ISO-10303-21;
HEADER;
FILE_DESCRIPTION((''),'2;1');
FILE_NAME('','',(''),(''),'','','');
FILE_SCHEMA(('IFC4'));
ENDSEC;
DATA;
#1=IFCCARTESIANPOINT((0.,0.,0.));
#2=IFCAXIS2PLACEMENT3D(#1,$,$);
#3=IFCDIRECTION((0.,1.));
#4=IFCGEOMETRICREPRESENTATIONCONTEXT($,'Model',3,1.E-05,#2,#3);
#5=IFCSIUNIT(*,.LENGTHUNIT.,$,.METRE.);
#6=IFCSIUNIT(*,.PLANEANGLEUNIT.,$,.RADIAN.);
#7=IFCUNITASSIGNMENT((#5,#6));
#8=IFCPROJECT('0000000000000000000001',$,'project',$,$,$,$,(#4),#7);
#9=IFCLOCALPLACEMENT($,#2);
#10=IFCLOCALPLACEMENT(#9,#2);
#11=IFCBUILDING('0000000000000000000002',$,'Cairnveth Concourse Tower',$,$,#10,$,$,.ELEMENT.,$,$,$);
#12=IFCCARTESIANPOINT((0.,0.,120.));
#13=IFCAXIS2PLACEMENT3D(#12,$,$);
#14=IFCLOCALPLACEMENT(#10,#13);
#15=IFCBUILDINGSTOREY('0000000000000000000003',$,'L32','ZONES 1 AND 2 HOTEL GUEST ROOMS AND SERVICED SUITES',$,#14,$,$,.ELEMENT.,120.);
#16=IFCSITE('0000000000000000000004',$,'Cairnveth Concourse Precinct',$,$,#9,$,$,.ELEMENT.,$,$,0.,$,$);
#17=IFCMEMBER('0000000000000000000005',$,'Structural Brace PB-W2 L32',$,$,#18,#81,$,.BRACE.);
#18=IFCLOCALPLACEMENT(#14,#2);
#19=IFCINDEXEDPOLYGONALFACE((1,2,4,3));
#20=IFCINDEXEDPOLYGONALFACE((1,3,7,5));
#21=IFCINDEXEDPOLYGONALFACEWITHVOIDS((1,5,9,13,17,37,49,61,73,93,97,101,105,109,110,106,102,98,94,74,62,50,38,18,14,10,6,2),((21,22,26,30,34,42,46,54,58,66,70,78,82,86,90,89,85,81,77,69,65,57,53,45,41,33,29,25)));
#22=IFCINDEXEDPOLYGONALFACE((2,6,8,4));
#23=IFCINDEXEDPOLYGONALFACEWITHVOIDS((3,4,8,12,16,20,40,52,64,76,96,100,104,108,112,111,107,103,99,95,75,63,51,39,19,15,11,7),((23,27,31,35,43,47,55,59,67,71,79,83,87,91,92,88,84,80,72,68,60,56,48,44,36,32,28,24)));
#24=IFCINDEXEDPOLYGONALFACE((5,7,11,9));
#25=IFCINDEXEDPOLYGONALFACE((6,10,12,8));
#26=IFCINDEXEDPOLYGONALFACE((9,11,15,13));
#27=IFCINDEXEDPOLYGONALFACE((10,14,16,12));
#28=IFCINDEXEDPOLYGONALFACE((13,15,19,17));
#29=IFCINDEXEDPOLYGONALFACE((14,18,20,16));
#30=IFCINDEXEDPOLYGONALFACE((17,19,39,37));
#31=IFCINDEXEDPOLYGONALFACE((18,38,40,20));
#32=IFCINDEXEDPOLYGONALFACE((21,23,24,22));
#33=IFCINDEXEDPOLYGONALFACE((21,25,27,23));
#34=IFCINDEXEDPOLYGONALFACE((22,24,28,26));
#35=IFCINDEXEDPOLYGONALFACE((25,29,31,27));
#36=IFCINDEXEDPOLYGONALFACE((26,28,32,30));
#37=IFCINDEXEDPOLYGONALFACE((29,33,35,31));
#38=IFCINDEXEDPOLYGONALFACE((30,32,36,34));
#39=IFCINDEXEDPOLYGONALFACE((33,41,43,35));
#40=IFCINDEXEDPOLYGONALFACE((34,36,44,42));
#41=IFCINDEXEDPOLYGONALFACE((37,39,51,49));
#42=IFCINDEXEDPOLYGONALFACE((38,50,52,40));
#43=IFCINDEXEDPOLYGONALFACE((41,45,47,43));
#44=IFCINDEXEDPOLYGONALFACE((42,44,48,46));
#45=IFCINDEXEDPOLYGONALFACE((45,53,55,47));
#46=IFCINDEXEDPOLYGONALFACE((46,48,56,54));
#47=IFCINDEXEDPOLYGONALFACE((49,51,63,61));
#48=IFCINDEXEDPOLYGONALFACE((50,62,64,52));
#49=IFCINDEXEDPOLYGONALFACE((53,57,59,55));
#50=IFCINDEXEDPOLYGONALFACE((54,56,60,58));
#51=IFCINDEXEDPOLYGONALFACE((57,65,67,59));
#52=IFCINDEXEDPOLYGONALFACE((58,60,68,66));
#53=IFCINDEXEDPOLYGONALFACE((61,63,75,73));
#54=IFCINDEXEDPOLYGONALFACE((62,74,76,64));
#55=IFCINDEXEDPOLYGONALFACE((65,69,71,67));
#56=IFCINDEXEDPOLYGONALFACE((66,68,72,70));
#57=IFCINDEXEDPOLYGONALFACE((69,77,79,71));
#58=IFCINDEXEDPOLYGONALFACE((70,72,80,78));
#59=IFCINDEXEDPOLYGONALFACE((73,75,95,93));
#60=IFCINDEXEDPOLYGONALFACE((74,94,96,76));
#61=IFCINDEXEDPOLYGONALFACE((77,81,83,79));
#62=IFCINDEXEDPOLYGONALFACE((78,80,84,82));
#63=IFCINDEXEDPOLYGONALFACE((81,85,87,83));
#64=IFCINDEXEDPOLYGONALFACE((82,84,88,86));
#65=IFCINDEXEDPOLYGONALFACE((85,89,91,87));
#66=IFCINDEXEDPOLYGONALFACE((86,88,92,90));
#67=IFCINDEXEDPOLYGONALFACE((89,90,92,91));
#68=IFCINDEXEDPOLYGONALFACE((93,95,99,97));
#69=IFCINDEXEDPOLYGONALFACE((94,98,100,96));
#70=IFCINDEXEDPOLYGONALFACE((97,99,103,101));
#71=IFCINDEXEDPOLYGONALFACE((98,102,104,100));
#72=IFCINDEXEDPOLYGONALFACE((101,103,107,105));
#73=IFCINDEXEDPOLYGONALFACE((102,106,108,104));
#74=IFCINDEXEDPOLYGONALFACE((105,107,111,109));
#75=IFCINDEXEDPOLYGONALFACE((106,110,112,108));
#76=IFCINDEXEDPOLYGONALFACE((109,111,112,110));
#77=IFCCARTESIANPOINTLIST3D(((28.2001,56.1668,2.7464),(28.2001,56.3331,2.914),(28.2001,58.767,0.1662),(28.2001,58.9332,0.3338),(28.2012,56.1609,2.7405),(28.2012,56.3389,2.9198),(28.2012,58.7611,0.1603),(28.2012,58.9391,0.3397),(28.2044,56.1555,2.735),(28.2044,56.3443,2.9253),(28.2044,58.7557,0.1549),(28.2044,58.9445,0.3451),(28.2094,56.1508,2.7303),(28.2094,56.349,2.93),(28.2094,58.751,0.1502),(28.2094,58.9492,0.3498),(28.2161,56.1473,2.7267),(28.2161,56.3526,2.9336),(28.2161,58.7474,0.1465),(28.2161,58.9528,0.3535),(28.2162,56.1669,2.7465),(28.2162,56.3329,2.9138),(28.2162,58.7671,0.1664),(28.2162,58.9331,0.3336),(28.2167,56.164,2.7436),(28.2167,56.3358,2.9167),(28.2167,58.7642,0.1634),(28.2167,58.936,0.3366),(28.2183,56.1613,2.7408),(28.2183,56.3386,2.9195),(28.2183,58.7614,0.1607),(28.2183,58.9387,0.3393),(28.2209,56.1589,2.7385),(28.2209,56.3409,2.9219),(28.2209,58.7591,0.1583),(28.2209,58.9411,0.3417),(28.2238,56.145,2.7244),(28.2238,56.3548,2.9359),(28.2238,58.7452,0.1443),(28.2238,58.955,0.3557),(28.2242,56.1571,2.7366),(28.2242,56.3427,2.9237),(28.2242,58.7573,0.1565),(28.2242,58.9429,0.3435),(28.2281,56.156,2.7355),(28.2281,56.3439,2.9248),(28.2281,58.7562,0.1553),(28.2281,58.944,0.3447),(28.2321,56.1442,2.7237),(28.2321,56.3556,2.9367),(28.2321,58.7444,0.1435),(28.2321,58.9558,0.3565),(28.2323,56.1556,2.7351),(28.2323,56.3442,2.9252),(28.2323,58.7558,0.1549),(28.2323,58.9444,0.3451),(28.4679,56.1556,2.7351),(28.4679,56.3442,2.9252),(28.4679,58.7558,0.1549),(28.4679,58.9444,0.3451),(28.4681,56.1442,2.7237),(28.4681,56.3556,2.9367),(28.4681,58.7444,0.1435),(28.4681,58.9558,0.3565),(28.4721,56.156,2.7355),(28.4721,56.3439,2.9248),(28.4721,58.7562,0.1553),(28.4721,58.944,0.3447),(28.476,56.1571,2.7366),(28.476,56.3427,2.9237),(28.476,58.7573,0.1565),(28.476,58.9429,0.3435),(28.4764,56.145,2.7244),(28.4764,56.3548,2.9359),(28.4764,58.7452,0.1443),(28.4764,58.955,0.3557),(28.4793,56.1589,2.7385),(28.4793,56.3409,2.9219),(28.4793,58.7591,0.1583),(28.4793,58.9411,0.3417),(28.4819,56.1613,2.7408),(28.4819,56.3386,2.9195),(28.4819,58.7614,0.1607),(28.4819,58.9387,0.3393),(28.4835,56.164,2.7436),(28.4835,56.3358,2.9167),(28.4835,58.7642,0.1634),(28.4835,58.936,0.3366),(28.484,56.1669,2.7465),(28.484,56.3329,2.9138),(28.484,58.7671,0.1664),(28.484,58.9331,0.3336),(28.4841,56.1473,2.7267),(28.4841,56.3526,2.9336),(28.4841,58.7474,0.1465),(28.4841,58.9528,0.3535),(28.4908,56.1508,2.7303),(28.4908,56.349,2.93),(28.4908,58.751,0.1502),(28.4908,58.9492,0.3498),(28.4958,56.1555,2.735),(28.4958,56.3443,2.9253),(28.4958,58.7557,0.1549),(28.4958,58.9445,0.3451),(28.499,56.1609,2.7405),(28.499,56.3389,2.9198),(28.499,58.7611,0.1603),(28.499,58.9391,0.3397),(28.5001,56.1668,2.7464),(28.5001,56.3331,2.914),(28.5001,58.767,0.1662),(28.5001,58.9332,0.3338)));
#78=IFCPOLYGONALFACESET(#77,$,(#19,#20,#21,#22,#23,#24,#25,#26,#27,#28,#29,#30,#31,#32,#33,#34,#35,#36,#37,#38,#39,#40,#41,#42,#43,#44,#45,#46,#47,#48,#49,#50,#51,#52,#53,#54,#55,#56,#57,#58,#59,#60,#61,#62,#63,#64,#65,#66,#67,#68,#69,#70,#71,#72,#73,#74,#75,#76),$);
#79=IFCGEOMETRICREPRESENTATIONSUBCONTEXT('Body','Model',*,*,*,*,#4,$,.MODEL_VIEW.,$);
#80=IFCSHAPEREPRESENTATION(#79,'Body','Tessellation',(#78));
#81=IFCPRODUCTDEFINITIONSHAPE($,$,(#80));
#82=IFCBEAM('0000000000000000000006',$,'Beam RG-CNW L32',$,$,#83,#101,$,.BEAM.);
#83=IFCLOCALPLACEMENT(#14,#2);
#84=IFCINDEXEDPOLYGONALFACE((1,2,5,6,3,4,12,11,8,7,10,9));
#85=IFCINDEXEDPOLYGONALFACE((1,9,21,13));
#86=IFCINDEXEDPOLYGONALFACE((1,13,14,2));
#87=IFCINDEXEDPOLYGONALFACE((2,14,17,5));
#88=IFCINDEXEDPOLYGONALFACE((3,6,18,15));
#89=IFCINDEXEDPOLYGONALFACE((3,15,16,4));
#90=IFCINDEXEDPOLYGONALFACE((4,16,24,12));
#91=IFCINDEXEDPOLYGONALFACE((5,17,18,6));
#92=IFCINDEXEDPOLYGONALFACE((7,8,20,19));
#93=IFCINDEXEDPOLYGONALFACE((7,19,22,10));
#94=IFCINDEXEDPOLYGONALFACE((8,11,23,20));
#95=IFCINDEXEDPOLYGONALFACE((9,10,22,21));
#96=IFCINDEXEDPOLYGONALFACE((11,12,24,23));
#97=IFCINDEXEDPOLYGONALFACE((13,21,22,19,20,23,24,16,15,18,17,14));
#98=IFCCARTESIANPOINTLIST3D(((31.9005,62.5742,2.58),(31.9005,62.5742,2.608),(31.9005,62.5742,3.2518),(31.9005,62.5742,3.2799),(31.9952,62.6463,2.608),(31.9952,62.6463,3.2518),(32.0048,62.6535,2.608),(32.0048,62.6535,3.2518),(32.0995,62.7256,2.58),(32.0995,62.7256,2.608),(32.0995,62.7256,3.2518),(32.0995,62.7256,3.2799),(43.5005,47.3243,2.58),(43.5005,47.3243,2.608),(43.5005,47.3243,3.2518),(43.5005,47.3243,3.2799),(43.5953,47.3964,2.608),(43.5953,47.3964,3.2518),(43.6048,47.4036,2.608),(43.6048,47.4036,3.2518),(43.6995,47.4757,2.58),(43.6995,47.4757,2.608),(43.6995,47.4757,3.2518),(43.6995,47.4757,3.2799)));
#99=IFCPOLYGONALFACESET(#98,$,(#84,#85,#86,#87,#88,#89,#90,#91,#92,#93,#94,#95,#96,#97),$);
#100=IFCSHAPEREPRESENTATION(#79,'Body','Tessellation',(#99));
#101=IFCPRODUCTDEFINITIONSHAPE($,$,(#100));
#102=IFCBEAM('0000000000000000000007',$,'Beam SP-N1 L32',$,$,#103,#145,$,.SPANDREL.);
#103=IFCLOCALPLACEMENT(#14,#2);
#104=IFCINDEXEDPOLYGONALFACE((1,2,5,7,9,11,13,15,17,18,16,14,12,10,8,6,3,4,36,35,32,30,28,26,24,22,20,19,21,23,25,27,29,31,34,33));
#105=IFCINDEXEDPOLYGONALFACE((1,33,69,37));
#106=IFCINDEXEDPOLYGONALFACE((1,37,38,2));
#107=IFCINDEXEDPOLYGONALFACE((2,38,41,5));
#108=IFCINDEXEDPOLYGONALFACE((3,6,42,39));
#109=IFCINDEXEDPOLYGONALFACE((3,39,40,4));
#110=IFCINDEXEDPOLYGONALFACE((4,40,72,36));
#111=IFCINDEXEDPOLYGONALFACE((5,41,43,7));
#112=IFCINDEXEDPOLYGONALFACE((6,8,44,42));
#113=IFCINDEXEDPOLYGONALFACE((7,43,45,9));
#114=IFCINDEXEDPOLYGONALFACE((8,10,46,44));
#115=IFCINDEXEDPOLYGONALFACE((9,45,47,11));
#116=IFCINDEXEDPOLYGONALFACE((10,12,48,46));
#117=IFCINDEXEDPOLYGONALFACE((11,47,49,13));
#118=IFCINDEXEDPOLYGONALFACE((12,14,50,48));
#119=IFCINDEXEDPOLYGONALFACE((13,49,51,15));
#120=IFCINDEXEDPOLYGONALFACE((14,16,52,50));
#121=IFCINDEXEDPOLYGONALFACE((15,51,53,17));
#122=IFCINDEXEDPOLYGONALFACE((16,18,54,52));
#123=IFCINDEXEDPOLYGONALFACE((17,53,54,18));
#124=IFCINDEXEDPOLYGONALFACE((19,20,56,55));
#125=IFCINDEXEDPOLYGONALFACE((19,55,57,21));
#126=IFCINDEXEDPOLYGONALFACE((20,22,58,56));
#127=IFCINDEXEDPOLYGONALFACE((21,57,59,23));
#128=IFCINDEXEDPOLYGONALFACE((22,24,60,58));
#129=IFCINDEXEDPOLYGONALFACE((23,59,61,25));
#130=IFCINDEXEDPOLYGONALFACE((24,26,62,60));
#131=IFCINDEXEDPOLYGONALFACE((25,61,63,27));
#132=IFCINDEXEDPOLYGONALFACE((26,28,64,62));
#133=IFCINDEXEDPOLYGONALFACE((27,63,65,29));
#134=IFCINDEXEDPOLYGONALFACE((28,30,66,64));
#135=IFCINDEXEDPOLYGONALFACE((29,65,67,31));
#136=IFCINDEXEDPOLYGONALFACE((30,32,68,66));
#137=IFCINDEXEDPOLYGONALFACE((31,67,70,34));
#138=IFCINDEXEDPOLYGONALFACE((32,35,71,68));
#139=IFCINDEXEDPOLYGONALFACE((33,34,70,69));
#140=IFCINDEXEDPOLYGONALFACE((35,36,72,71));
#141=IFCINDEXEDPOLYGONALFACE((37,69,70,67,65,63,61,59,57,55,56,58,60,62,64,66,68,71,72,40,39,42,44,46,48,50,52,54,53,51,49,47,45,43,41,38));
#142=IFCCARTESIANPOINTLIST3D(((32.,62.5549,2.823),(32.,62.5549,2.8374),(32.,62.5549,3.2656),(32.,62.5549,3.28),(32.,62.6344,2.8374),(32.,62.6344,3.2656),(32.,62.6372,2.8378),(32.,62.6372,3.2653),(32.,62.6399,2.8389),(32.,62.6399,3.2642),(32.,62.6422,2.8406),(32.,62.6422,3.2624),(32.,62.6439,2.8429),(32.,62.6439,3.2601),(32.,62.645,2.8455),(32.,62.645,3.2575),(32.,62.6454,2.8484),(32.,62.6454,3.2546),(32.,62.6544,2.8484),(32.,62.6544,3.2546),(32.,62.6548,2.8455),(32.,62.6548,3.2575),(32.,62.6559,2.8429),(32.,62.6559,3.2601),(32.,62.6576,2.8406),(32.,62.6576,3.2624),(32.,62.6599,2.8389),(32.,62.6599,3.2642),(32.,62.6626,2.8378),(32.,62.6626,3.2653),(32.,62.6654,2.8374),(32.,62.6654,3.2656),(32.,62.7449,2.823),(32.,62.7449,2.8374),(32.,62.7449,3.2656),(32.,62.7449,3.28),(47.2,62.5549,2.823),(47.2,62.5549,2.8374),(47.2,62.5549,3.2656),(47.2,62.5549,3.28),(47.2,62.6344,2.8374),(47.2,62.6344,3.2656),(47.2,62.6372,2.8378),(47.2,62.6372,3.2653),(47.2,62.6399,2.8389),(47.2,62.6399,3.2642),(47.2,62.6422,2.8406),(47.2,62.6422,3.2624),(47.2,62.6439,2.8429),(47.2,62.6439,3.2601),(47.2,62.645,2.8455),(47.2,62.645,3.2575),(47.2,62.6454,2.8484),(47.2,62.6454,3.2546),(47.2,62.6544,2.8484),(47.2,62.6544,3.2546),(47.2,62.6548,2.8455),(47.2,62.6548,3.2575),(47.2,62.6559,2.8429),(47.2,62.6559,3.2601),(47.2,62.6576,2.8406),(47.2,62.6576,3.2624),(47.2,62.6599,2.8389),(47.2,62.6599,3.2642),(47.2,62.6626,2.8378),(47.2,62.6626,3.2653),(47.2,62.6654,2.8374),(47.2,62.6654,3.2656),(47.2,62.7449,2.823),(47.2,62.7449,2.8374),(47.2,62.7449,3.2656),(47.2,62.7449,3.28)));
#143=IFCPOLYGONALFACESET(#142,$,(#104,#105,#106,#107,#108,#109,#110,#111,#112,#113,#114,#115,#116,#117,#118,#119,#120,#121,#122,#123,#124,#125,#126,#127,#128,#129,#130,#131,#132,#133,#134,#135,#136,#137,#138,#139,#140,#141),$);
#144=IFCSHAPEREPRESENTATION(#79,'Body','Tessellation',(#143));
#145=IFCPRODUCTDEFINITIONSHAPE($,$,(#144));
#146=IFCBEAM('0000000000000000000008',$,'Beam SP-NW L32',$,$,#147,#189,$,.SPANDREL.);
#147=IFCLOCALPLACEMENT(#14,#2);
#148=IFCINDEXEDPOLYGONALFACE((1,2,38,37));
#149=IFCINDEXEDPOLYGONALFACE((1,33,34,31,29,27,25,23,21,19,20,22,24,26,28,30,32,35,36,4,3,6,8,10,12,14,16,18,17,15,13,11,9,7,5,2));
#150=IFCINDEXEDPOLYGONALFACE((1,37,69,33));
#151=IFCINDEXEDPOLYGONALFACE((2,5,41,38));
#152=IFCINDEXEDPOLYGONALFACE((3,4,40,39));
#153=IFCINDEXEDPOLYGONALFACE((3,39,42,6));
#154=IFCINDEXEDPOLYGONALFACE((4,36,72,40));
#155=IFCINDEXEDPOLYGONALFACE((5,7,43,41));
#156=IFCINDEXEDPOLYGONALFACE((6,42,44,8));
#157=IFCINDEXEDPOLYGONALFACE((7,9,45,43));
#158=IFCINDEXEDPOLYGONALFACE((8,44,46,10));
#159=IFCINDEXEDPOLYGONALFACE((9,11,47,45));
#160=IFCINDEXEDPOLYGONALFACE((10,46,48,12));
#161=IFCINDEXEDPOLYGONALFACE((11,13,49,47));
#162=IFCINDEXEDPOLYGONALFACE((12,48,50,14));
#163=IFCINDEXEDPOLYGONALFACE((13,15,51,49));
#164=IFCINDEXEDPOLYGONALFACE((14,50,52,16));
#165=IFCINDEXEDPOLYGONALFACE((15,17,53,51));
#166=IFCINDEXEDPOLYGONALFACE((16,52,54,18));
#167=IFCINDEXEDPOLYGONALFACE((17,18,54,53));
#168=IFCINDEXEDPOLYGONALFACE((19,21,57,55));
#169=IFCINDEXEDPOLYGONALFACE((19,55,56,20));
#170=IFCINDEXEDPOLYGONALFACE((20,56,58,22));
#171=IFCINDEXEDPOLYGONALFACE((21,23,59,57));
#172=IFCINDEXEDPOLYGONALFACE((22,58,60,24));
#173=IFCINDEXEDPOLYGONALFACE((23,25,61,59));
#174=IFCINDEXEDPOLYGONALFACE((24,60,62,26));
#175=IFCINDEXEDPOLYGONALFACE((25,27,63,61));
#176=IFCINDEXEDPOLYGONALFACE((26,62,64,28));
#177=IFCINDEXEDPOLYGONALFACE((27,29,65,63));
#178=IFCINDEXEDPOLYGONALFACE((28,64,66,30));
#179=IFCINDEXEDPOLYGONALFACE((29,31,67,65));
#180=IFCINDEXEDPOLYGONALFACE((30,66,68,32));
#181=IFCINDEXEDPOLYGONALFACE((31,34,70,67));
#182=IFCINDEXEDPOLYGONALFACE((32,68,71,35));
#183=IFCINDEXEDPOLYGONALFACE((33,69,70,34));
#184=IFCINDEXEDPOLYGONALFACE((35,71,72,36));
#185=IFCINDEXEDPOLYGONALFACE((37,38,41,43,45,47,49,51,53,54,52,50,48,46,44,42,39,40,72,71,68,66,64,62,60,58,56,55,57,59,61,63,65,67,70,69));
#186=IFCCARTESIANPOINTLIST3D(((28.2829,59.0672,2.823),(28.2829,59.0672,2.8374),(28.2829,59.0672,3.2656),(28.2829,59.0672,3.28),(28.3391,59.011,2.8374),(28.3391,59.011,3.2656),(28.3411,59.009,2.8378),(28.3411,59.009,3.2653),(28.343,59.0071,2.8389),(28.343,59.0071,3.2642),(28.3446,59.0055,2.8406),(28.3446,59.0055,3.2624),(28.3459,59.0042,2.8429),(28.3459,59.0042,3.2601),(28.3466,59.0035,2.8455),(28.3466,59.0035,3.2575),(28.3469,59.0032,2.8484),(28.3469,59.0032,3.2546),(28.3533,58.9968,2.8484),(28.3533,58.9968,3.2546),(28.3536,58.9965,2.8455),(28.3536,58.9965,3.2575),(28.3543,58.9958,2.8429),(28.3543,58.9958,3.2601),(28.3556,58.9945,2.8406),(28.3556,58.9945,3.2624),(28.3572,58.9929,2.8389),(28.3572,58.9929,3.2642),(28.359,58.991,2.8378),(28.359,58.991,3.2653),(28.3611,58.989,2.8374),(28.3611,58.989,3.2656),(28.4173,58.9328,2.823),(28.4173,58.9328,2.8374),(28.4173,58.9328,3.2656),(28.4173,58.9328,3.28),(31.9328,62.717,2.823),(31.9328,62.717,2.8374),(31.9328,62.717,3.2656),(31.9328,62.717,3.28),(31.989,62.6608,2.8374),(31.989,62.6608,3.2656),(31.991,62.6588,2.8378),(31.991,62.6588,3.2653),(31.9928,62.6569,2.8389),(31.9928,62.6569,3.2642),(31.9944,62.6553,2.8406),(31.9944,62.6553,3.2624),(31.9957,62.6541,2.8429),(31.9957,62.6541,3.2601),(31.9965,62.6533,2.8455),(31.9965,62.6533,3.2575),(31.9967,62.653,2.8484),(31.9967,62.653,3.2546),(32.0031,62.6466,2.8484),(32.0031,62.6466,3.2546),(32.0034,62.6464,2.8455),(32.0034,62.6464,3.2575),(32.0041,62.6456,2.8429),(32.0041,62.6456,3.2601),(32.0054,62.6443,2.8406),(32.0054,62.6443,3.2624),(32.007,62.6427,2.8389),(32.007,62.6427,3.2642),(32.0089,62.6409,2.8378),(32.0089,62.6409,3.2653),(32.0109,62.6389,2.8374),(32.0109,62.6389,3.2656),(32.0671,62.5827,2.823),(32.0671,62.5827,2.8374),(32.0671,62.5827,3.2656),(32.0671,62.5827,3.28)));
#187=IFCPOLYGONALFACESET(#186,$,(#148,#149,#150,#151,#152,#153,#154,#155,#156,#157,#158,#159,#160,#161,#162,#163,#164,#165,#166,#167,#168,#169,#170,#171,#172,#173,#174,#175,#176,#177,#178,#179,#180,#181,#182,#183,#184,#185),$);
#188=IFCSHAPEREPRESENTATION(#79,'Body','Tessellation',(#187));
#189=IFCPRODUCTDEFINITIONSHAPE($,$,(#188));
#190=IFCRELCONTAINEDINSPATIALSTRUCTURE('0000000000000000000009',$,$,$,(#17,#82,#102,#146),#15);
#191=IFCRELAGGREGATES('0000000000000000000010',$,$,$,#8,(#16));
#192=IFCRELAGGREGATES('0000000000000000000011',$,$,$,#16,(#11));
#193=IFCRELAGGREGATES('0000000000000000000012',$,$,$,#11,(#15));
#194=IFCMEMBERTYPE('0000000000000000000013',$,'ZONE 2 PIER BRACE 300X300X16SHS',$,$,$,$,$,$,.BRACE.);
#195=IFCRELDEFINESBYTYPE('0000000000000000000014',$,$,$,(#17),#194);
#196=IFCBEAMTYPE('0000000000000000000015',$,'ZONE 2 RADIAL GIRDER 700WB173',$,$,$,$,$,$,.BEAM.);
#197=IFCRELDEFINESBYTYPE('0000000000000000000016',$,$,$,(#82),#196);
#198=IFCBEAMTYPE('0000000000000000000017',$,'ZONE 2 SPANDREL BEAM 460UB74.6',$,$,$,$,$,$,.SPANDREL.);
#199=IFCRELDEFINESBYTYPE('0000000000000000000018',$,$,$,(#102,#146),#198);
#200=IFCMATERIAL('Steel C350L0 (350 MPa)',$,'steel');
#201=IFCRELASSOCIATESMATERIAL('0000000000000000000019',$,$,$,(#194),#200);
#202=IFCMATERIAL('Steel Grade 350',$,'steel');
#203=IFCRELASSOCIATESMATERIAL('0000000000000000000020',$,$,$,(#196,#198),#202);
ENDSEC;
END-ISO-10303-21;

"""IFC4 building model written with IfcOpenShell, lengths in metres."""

from ifc_helpers import new_model, si_unit, direction, frame, origin, origin_2d, place, context, subcontext, project, spatial, hollow_rectangle, i_section, extrude, material, material_profile, profile_set, type_object, element, save


model = new_model("IFC4")

# Units and contexts
model_context = context("Model", 3, precision=1e-05, world=origin(), true_north=direction((0.0, 1.0)))
body_context = subcontext(model_context, "Body", "Model", "MODEL_VIEW")
ifc_project = project(units=[si_unit("LENGTHUNIT", "METRE"), si_unit("PLANEANGLEUNIT", "RADIAN")], contexts=[model_context])

# Site, building, storey
site_placement = place(None, origin())
site = spatial("IfcSite", under=ifc_project, at=site_placement, Name="Cairnveth Concourse Precinct", CompositionType="ELEMENT", RefElevation=0.0)
building_placement = place(site_placement, origin())
building = spatial("IfcBuilding", under=site, at=building_placement, Name="Cairnveth Concourse Tower", CompositionType="ELEMENT")
storey_placement = place(building_placement, frame((0.0, 0.0, 120.0)))
storey = spatial("IfcBuildingStorey", under=building, at=storey_placement, Name="L32", Description="ZONES 1 AND 2 HOTEL GUEST ROOMS AND SERVICED SUITES", CompositionType="ELEMENT", Elevation=120.0)

# Shared definitions
ifc_material_1 = material(Name="Steel Grade 350", Category="steel")

# Member
ifc_material_2 = material(Name="Steel C350L0 (350 MPa)", Category="steel")
ifc_material_profile_1 = material_profile(ifc_material_2, hollow_rectangle(XDim=0.3, YDim=0.3, WallThickness=0.0161, InnerFilletRadius=0.0161, OuterFilletRadius=0.032, at=origin_2d()), Name="300x300x16.0SHS")
ifc_profile_set_1 = profile_set([ifc_material_profile_1], Name="Steel C350L0 (350 MPa)")
member_type = type_object("IfcMemberType", Name="ZONE 2 PIER BRACE 300X300X16SHS", PredefinedType="BRACE", material=ifc_profile_set_1)
for number, where, z_axis, x_axis, name in (
    (1, (28.3501, 58.8501, 0.25), (0.0, -0.709834, 0.704369), (1.0, 0.0, 0.0), "Structural Brace PB-W2 L32"),
):
    element("IfcMember", number, at=place(storey_placement, frame(where, z_axis=z_axis, x_axis=x_axis)), inside=storey, type_object=member_type, Name=name, PredefinedType="BRACE", context=body_context, shape_type="SweptSolid", body=[
        extrude(hollow_rectangle(XDim=0.3, YDim=0.3, WallThickness=0.0161, InnerFilletRadius=0.0161, OuterFilletRadius=0.032, at=origin_2d()), origin(), (0.0, 0.0, 1.0), 3.6631),
    ])

# Beams
ifc_material_profile_2 = material_profile(ifc_material_1, i_section(OverallWidth=0.25, OverallDepth=0.7, WebThickness=0.012, FlangeThickness=0.0281, at=origin_2d()), Name="700WB173")
ifc_profile_set_2 = profile_set([ifc_material_profile_2], Name="Steel Grade 350")
beam_type_1 = type_object("IfcBeamType", Name="ZONE 2 RADIAL GIRDER 700WB173", PredefinedType="BEAM", material=ifc_profile_set_2)
beam_1_placement = place(storey_placement, frame((32.0, 62.6499, 2.9299), z_axis=(0.605417, -0.795908, 0.0), x_axis=(0.795908, 0.605417, 0.0)))
element("IfcBeam", 2, at=beam_1_placement, inside=storey, type_object=beam_type_1, Name="Beam RG-CNW L32", PredefinedType="BEAM", context=body_context, shape_type="SweptSolid", body=[
    extrude(i_section(OverallWidth=0.25, OverallDepth=0.7, WebThickness=0.012, FlangeThickness=0.0281, at=origin_2d()), origin(), (0.0, 0.0, 1.0), 19.1604),
])
ifc_material_profile_3 = material_profile(ifc_material_1, i_section(OverallWidth=0.1899, OverallDepth=0.457, WebThickness=0.009, FlangeThickness=0.0144, FilletRadius=0.011, at=origin_2d()), Name="460UB74.6")
ifc_profile_set_3 = profile_set([ifc_material_profile_3], Name="Steel Grade 350")
beam_type_2 = type_object("IfcBeamType", Name="ZONE 2 SPANDREL BEAM 460UB74.6", PredefinedType="SPANDREL", material=ifc_profile_set_3)
beam_2_placement = place(storey_placement, frame((32.0, 62.6499, 3.0515), z_axis=(1.0, 0.0, 0.0), x_axis=(0.0, 1.0, 0.0)))
element("IfcBeam", 3, at=beam_2_placement, inside=storey, type_object=beam_type_2, Name="Beam SP-N1 L32", PredefinedType="SPANDREL", context=body_context, shape_type="SweptSolid", body=[
    extrude(i_section(OverallWidth=0.1899, OverallDepth=0.457, WebThickness=0.009, FlangeThickness=0.0144, FilletRadius=0.011, at=origin_2d()), origin(), (0.0, 0.0, 1.0), 15.2),
])
beam_3_placement = place(storey_placement, frame((28.3501, 59.0, 3.0515), z_axis=(0.707107, 0.707107, 0.0), x_axis=(-0.707107, 0.707107, 0.0)))
element("IfcBeam", 4, at=beam_3_placement, inside=storey, type_object=beam_type_2, Name="Beam SP-NW L32", PredefinedType="SPANDREL", context=body_context, shape_type="SweptSolid", body=[
    extrude(i_section(OverallWidth=0.1899, OverallDepth=0.457, WebThickness=0.009, FlangeThickness=0.0144, FilletRadius=0.011, at=origin_2d()), origin(), (0.0, 0.0, 1.0), 5.1616),
])

save(model, "model.ifc")
